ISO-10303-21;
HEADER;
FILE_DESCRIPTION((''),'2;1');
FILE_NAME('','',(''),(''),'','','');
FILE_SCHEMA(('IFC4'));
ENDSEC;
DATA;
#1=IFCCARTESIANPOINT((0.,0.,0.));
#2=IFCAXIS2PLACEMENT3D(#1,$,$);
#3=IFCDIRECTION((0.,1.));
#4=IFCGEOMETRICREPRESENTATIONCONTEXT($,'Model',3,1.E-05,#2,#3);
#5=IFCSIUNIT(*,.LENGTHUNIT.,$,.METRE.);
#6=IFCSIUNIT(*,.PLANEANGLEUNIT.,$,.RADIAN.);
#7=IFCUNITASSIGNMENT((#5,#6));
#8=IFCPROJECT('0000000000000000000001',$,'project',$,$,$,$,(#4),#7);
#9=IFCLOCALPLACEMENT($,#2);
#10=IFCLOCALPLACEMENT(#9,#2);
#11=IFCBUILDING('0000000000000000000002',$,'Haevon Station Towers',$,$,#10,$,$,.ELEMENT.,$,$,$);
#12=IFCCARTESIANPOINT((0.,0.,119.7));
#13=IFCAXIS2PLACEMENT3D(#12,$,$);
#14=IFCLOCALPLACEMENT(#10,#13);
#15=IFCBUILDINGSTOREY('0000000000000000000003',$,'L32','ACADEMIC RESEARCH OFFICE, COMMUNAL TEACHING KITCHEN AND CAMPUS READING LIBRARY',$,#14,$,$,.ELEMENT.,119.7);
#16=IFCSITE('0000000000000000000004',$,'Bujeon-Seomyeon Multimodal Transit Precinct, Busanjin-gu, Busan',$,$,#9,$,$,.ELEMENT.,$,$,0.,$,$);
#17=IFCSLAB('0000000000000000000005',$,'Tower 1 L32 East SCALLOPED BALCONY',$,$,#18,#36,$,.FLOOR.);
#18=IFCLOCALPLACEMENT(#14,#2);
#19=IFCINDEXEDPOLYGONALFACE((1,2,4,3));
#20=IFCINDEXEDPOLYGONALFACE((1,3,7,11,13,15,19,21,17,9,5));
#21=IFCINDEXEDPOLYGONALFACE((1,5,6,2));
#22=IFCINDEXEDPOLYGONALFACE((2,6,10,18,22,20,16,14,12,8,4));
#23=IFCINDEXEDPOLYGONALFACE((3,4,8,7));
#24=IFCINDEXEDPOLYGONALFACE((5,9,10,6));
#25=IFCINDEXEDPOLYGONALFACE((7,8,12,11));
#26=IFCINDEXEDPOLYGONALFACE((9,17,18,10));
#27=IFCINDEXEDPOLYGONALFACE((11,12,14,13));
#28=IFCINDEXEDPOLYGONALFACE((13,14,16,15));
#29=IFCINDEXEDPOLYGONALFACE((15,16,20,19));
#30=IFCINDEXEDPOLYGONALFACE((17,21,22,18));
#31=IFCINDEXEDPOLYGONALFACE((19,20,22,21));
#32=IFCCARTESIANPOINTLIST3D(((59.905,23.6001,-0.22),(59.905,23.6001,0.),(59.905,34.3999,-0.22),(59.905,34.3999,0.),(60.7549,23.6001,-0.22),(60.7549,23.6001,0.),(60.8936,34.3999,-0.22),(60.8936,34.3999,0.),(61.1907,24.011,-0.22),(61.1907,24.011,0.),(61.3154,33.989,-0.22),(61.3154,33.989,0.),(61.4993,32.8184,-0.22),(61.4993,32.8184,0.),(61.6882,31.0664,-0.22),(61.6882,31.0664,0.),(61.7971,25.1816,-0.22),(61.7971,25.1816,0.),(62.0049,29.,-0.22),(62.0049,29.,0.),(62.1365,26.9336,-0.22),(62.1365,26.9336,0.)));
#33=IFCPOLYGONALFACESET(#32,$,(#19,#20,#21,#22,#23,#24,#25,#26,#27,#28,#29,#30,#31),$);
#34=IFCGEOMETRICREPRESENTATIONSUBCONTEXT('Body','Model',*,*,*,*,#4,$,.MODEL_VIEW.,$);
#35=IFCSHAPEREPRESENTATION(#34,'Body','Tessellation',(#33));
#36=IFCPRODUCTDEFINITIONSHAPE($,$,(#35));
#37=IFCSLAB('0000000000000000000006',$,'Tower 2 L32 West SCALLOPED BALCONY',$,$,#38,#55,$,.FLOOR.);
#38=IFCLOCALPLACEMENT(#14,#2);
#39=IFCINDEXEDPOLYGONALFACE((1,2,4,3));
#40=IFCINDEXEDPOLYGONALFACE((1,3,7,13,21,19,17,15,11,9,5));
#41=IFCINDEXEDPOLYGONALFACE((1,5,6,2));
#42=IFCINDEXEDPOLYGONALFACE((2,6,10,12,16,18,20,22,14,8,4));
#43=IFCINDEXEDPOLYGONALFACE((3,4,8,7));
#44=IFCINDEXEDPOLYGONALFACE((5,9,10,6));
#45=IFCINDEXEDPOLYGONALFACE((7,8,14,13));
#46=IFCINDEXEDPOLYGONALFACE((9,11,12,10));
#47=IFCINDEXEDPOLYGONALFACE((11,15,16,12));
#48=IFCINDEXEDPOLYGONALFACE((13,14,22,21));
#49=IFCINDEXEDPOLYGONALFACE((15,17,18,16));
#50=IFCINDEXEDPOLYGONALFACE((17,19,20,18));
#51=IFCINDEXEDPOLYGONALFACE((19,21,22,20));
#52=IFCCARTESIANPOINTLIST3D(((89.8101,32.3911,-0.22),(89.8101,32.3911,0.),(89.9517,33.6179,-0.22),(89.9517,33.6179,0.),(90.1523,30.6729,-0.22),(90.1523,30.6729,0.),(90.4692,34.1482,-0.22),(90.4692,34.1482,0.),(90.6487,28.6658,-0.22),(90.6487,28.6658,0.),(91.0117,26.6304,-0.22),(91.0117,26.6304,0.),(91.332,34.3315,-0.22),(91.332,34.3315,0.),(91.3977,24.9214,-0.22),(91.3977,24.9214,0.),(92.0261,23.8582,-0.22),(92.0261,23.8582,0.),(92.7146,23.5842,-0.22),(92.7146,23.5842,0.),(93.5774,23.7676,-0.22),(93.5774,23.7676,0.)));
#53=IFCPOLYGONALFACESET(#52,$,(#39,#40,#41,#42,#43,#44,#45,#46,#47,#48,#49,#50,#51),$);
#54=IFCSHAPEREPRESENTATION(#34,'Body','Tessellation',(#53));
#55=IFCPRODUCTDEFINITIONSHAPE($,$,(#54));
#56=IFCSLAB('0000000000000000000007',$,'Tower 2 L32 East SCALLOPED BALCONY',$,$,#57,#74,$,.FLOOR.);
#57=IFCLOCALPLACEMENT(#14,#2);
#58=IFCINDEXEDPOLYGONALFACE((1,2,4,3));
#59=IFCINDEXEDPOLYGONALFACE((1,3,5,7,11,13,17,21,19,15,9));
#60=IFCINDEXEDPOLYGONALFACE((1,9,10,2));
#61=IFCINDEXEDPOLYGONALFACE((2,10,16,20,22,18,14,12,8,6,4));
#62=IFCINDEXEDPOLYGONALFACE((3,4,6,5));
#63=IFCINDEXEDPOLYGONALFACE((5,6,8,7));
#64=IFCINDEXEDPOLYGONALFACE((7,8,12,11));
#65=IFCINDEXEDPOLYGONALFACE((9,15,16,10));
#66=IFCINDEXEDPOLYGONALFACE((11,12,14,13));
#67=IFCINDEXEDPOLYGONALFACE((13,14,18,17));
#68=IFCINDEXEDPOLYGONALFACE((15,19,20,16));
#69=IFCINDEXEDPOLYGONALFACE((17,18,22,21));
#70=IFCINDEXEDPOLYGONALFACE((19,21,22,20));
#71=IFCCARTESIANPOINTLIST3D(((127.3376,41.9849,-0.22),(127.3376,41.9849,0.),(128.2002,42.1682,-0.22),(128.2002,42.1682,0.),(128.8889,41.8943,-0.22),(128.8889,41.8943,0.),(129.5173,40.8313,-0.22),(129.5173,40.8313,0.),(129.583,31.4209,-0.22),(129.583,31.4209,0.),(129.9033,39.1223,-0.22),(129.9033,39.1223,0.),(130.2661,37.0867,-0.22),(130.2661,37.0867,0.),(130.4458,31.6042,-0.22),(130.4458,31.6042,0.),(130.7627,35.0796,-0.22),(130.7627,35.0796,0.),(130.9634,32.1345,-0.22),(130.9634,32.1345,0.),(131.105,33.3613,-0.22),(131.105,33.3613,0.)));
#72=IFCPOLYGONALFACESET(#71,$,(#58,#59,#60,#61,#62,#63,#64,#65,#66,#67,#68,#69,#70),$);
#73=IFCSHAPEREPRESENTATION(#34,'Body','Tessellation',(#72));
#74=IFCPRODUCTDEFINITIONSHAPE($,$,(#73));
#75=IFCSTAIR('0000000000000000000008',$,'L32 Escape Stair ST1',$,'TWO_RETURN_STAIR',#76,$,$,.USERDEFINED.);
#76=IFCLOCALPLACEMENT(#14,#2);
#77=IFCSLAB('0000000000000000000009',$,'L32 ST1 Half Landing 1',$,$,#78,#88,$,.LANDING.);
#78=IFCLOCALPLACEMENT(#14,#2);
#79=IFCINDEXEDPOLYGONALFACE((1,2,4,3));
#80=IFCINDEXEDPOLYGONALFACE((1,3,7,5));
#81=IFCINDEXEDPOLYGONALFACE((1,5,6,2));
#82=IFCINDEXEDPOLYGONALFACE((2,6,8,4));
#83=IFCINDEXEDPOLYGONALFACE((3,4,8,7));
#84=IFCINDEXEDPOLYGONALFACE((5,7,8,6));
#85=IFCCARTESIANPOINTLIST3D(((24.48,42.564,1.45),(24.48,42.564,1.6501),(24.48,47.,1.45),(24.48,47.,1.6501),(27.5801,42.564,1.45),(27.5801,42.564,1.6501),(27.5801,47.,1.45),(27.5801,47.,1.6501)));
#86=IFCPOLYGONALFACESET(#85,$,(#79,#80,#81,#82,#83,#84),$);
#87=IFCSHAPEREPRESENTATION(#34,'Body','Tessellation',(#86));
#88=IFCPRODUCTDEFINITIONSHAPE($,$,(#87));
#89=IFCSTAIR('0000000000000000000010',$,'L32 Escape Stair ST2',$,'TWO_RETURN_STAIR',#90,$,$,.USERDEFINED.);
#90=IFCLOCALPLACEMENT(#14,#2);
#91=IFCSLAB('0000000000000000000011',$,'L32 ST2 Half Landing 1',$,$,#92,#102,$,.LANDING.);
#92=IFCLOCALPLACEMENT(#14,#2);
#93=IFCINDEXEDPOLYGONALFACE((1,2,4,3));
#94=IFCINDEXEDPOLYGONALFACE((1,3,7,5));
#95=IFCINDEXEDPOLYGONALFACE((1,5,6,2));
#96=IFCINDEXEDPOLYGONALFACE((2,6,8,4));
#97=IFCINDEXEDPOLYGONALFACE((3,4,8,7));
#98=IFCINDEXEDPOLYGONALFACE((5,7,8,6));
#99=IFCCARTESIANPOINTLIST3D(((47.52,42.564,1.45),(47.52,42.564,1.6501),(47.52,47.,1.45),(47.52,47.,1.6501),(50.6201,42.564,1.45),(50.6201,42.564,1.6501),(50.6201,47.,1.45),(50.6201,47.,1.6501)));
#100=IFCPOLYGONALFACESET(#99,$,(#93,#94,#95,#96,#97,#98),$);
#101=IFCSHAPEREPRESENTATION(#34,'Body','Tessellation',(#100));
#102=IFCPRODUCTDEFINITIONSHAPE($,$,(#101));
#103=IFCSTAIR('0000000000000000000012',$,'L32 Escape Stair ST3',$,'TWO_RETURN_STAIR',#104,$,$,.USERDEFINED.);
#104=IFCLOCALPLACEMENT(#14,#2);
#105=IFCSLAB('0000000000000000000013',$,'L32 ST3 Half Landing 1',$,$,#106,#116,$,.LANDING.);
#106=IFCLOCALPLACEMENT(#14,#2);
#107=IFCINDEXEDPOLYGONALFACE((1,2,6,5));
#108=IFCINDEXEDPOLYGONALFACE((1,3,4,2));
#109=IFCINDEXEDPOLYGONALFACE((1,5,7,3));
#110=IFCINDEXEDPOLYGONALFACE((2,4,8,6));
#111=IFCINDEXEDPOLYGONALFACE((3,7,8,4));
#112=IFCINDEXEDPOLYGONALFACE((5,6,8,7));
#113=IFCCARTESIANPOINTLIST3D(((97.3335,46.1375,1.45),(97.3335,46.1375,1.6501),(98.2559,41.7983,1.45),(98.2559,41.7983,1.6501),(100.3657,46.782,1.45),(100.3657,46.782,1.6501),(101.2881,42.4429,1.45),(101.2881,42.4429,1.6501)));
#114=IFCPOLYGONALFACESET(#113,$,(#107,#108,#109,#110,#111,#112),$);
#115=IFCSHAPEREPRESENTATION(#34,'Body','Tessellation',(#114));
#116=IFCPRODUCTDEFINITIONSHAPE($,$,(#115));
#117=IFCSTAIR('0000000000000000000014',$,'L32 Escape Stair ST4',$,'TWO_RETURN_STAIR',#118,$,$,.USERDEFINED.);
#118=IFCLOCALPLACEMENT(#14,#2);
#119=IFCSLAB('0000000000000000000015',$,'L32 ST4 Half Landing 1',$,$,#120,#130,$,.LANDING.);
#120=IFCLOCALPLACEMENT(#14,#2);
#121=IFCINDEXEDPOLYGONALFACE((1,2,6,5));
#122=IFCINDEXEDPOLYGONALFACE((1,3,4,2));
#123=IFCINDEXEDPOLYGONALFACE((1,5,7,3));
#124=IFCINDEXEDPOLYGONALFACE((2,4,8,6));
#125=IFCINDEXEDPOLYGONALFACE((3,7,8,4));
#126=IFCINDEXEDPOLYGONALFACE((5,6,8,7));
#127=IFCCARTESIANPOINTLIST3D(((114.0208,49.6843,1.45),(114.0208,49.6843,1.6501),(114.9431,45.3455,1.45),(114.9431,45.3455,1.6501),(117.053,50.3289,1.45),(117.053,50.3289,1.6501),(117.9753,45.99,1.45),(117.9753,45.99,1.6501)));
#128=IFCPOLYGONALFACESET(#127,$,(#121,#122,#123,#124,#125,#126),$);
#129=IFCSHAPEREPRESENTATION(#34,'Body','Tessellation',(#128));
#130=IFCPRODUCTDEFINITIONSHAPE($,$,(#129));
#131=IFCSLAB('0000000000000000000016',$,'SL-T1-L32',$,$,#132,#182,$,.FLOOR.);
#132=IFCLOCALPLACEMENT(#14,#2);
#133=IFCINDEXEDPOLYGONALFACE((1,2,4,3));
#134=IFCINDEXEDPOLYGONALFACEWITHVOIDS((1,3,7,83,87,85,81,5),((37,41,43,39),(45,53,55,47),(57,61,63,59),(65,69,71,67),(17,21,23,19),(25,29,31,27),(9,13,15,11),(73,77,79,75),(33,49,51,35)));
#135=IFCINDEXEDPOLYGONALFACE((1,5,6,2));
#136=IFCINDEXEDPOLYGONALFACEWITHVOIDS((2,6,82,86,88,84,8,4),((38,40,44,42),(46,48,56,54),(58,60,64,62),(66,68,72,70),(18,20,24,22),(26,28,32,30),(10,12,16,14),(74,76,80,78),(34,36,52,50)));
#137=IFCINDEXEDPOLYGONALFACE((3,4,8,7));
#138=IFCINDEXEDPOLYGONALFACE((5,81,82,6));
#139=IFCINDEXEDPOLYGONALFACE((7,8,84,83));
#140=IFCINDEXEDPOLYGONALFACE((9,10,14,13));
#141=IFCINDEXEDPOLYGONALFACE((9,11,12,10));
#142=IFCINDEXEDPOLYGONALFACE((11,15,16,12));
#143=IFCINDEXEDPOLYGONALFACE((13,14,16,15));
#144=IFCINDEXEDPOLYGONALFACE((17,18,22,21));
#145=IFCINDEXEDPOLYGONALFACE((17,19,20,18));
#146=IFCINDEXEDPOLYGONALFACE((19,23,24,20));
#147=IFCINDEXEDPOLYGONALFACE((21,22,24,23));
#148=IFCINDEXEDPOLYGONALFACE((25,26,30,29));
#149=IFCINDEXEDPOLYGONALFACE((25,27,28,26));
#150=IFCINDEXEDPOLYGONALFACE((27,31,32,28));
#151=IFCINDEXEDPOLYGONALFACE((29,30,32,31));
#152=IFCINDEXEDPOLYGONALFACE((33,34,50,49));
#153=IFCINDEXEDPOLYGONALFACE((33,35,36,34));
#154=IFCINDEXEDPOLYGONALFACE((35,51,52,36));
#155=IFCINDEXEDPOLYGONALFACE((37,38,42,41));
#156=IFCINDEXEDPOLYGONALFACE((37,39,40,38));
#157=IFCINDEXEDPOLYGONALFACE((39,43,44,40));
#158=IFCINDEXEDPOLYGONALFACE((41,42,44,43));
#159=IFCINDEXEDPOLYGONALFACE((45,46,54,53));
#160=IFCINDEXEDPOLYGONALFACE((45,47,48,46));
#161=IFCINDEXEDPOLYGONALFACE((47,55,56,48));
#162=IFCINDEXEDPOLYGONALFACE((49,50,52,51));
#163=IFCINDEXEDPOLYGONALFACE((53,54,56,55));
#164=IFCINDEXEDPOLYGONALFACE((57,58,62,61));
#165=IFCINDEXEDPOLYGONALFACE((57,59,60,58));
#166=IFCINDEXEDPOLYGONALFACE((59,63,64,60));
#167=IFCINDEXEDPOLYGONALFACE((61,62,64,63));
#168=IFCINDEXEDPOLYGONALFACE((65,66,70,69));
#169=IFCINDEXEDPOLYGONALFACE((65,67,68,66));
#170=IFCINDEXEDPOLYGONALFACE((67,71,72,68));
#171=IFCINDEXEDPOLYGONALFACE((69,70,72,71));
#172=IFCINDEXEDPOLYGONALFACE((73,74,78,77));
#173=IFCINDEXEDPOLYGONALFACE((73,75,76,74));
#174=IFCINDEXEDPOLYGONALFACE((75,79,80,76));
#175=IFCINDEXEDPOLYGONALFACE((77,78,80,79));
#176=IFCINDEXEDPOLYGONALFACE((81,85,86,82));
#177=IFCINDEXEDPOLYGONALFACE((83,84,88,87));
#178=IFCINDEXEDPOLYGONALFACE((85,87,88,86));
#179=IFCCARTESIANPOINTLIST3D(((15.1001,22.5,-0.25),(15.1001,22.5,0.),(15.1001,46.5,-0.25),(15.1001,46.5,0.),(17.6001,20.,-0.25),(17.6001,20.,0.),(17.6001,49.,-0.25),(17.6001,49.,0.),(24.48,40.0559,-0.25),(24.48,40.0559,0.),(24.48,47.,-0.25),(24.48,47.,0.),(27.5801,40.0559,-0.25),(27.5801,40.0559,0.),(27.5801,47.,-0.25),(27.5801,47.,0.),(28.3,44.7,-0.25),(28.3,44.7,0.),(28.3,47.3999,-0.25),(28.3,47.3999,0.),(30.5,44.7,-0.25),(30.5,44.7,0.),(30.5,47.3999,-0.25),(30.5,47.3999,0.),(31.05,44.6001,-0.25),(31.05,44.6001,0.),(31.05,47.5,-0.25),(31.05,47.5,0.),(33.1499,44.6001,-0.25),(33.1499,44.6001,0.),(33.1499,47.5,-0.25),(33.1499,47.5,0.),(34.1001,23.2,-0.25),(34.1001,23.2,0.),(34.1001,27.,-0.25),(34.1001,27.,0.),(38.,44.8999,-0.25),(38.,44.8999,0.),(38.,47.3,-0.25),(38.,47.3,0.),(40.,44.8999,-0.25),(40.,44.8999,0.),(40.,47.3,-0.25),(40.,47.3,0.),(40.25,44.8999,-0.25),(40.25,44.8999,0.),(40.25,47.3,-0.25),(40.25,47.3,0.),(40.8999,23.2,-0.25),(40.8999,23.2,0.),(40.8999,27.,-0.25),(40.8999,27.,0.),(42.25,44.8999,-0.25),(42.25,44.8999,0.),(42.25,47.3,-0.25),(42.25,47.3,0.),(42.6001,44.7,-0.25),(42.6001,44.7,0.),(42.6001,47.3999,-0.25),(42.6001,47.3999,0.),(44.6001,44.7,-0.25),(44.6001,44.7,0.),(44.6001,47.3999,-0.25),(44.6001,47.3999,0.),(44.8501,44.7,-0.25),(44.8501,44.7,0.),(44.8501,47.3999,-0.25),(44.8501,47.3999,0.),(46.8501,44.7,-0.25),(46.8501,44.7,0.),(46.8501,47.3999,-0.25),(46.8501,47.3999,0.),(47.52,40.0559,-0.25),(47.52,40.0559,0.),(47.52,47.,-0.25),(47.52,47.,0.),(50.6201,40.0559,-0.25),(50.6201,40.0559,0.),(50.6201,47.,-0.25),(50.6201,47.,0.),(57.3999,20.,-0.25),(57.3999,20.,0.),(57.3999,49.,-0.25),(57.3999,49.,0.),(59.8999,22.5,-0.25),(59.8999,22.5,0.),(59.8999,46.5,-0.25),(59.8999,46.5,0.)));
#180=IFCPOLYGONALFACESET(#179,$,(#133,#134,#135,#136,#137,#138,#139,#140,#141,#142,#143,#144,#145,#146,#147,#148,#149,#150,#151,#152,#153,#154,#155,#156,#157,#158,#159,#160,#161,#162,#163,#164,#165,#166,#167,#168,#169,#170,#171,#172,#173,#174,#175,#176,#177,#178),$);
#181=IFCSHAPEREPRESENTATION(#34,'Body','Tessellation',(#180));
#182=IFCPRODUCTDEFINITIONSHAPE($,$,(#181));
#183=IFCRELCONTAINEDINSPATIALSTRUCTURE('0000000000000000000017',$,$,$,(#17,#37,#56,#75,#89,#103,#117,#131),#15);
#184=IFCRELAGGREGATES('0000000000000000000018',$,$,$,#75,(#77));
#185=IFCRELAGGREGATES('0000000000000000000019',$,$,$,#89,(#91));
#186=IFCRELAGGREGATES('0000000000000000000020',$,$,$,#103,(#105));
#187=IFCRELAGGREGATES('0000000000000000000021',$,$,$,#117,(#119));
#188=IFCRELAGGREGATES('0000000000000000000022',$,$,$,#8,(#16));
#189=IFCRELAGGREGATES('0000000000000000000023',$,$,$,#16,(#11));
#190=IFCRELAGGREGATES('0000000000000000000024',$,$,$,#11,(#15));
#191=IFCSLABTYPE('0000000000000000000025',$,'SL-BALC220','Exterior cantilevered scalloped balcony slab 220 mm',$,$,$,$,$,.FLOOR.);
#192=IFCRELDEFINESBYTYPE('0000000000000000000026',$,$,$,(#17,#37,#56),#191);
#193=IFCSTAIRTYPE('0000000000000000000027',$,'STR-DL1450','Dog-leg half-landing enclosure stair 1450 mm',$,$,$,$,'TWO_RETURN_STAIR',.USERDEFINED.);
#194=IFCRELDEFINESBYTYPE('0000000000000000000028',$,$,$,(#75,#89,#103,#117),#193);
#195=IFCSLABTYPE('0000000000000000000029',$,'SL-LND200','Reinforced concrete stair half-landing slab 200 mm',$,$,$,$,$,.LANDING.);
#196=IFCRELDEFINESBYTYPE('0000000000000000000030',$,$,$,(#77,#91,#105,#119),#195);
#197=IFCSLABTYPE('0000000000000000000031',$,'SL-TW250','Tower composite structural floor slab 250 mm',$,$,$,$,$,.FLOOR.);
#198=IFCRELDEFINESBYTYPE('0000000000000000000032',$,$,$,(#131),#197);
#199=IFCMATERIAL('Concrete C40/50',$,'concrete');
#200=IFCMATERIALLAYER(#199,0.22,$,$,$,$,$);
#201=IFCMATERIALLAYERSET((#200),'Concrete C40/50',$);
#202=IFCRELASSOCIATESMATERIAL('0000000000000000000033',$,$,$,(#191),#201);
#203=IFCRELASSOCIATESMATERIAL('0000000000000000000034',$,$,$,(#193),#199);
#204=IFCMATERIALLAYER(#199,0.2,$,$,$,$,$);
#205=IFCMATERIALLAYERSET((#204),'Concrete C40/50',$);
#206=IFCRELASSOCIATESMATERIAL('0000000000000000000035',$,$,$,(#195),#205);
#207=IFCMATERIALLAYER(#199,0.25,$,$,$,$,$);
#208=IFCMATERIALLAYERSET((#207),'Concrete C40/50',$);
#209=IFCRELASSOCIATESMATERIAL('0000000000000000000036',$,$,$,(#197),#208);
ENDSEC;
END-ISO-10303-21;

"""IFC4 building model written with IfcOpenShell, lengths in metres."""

from ifc_helpers import new_model, si_unit, direction, frame, origin, place, context, subcontext, project, spatial, polyline, outline, extrude, material, layer, layer_set, type_object, element, aggregate, save


model = new_model("IFC4")

# Units and contexts
model_context = context("Model", 3, precision=1e-05, world=origin(), true_north=direction((0.0, 1.0)))
body_context = subcontext(model_context, "Body", "Model", "MODEL_VIEW")
ifc_project = project(units=[si_unit("LENGTHUNIT", "METRE"), si_unit("PLANEANGLEUNIT", "RADIAN")], contexts=[model_context])

# Site, building, storey
site_placement = place(None, origin())
site = spatial("IfcSite", under=ifc_project, at=site_placement, Name="Bujeon-Seomyeon Multimodal Transit Precinct, Busanjin-gu, Busan", CompositionType="ELEMENT", RefElevation=0.0)
building_placement = place(site_placement, origin())
building = spatial("IfcBuilding", under=site, at=building_placement, Name="Haevon Station Towers", CompositionType="ELEMENT")
storey_placement = place(building_placement, frame((0.0, 0.0, 119.7)))
storey = spatial("IfcBuildingStorey", under=building, at=storey_placement, Name="L32", Description="ACADEMIC RESEARCH OFFICE, COMMUNAL TEACHING KITCHEN AND CAMPUS READING LIBRARY", CompositionType="ELEMENT", Elevation=119.7)

# Slabs
ifc_material_1 = material(Name="Concrete C40/50", Category="concrete")
ifc_layer_1 = layer(ifc_material_1, 0.22)
ifc_layer_set_1 = layer_set([ifc_layer_1], Name="Concrete C40/50")
slab_type_1 = type_object("IfcSlabType", Name="SL-BALC220", Description="Exterior cantilevered scalloped balcony slab 220 mm", PredefinedType="FLOOR", material=ifc_layer_set_1)
slab_1_placement = place(storey_placement, frame((0.0, 0.0, -0.22)))
element("IfcSlab", 1, at=slab_1_placement, inside=storey, type_object=slab_type_1, Name="Tower 1 L32 East SCALLOPED BALCONY", PredefinedType="FLOOR", context=body_context, shape_type="SweptSolid", body=[
    extrude(outline(polyline([(59.905, 23.6001), (60.7549, 23.6001), (61.1907, 24.011), (61.7971, 25.1816), (62.1365, 26.9336), (62.0049, 29.0), (61.6882, 31.0664), (61.4993, 32.8184), (61.3154, 33.989), (60.8936, 34.3999), (59.905, 34.3999), (59.905, 23.6001)])), origin(), (0.0, 0.0, 1.0), 0.22),
])
slab_2_placement = place(storey_placement, frame((0.0, 0.0, -0.22)))
element("IfcSlab", 2, at=slab_2_placement, inside=storey, type_object=slab_type_1, Name="Tower 2 L32 West SCALLOPED BALCONY", PredefinedType="FLOOR", context=body_context, shape_type="SweptSolid", body=[
    extrude(outline(polyline([(91.332, 34.3315), (90.4692, 34.1482), (89.9517, 33.6179), (89.8101, 32.3911), (90.1523, 30.6729), (90.6487, 28.6658), (91.0117, 26.6304), (91.3977, 24.9214), (92.0261, 23.8582), (92.7146, 23.5842), (93.5774, 23.7676), (91.332, 34.3315)])), origin(), (0.0, 0.0, 1.0), 0.22),
])
slab_3_placement = place(storey_placement, frame((0.0, 0.0, -0.22)))
element("IfcSlab", 3, at=slab_3_placement, inside=storey, type_object=slab_type_1, Name="Tower 2 L32 East SCALLOPED BALCONY", PredefinedType="FLOOR", context=body_context, shape_type="SweptSolid", body=[
    extrude(outline(polyline([(129.583, 31.4209), (130.4458, 31.6042), (130.9634, 32.1345), (131.105, 33.3613), (130.7627, 35.0796), (130.2661, 37.0867), (129.9033, 39.1223), (129.5173, 40.8313), (128.8889, 41.8943), (128.2002, 42.1682), (127.3376, 41.9849), (129.583, 31.4209)])), origin(), (0.0, 0.0, 1.0), 0.22),
])

# Stairs, slabs
stair_type = type_object("IfcStairType", Name="STR-DL1450", Description="Dog-leg half-landing enclosure stair 1450 mm", ElementType="TWO_RETURN_STAIR", PredefinedType="USERDEFINED", material=ifc_material_1)
stair_1_placement = place(storey_placement, origin())
stair_1 = element("IfcStair", 4, at=stair_1_placement, inside=storey, type_object=stair_type, Name="L32 Escape Stair ST1", ObjectType="TWO_RETURN_STAIR", PredefinedType="USERDEFINED")
ifc_layer_2 = layer(ifc_material_1, 0.2)
ifc_layer_set_2 = layer_set([ifc_layer_2], Name="Concrete C40/50")
slab_type_2 = type_object("IfcSlabType", Name="SL-LND200", Description="Reinforced concrete stair half-landing slab 200 mm", PredefinedType="LANDING", material=ifc_layer_set_2)
slab_4_placement = place(storey_placement, frame((0.0, 0.0, 1.45)))
slab_4 = element("IfcSlab", 5, at=slab_4_placement, type_object=slab_type_2, Name="L32 ST1 Half Landing 1", PredefinedType="LANDING", context=body_context, shape_type="SweptSolid", body=[
    extrude(outline(polyline([(27.5801, 42.564), (27.5801, 47.0), (24.48, 47.0), (24.48, 42.564), (27.5801, 42.564)])), origin(), (0.0, 0.0, 1.0), 0.2002),
])
aggregate(stair_1, [slab_4])
stair_2_placement = place(storey_placement, origin())
stair_2 = element("IfcStair", 6, at=stair_2_placement, inside=storey, type_object=stair_type, Name="L32 Escape Stair ST2", ObjectType="TWO_RETURN_STAIR", PredefinedType="USERDEFINED")
slab_5_placement = place(storey_placement, frame((0.0, 0.0, 1.45)))
slab_5 = element("IfcSlab", 7, at=slab_5_placement, type_object=slab_type_2, Name="L32 ST2 Half Landing 1", PredefinedType="LANDING", context=body_context, shape_type="SweptSolid", body=[
    extrude(outline(polyline([(50.6201, 42.564), (50.6201, 47.0), (47.52, 47.0), (47.52, 42.564), (50.6201, 42.564)])), origin(), (0.0, 0.0, 1.0), 0.2002),
])
aggregate(stair_2, [slab_5])
stair_3_placement = place(storey_placement, origin())
stair_3 = element("IfcStair", 8, at=stair_3_placement, inside=storey, type_object=stair_type, Name="L32 Escape Stair ST3", ObjectType="TWO_RETURN_STAIR", PredefinedType="USERDEFINED")
slab_6_placement = place(storey_placement, frame((0.0, 0.0, 1.45)))
slab_6 = element("IfcSlab", 9, at=slab_6_placement, type_object=slab_type_2, Name="L32 ST3 Half Landing 1", PredefinedType="LANDING", context=body_context, shape_type="SweptSolid", body=[
    extrude(outline(polyline([(101.2881, 42.4429), (100.3657, 46.782), (97.3335, 46.1375), (98.2559, 41.7983), (101.2881, 42.4429)])), origin(), (0.0, 0.0, 1.0), 0.2002),
])
aggregate(stair_3, [slab_6])
stair_4_placement = place(storey_placement, origin())
stair_4 = element("IfcStair", 10, at=stair_4_placement, inside=storey, type_object=stair_type, Name="L32 Escape Stair ST4", ObjectType="TWO_RETURN_STAIR", PredefinedType="USERDEFINED")
slab_7_placement = place(storey_placement, frame((0.0, 0.0, 1.45)))
slab_7 = element("IfcSlab", 11, at=slab_7_placement, type_object=slab_type_2, Name="L32 ST4 Half Landing 1", PredefinedType="LANDING", context=body_context, shape_type="SweptSolid", body=[
    extrude(outline(polyline([(117.9753, 45.99), (117.053, 50.3289), (114.0208, 49.6843), (114.9431, 45.3455), (117.9753, 45.99)])), origin(), (0.0, 0.0, 1.0), 0.2002),
])
aggregate(stair_4, [slab_7])

# Slab
ifc_layer_3 = layer(ifc_material_1, 0.25)
ifc_layer_set_3 = layer_set([ifc_layer_3], Name="Concrete C40/50")
slab_type_3 = type_object("IfcSlabType", Name="SL-TW250", Description="Tower composite structural floor slab 250 mm", PredefinedType="FLOOR", material=ifc_layer_set_3)
slab_8_placement = place(storey_placement, frame((0.0, 0.0, -0.25)))
element("IfcSlab", 12, at=slab_8_placement, inside=storey, type_object=slab_type_3, Name="SL-T1-L32", PredefinedType="FLOOR", context=body_context, shape_type="SweptSolid", body=[
    extrude(outline(polyline([(17.6001, 20.0), (57.3999, 20.0), (59.8999, 22.5), (59.8999, 46.5), (57.3999, 49.0), (17.6001, 49.0), (15.1001, 46.5), (15.1001, 22.5), (17.6001, 20.0)]), holes=[polyline([(27.5801, 40.0559), (27.5801, 47.0), (24.48, 47.0), (24.48, 40.0559), (27.5801, 40.0559)]), polyline([(50.6201, 40.0559), (50.6201, 47.0), (47.52, 47.0), (47.52, 40.0559), (50.6201, 40.0559)]), polyline([(28.3, 44.7), (30.5, 44.7), (30.5, 47.3999), (28.3, 47.3999), (28.3, 44.7)]), polyline([(31.05, 44.6001), (33.1499, 44.6001), (33.1499, 47.5), (31.05, 47.5), (31.05, 44.6001)]), polyline([(38.0, 44.8999), (40.0, 44.8999), (40.0, 47.3), (38.0, 47.3), (38.0, 44.8999)]), polyline([(40.25, 44.8999), (42.25, 44.8999), (42.25, 47.3), (40.25, 47.3), (40.25, 44.8999)]), polyline([(42.6001, 44.7), (44.6001, 44.7), (44.6001, 47.3999), (42.6001, 47.3999), (42.6001, 44.7)]), polyline([(44.8501, 44.7), (46.8501, 44.7), (46.8501, 47.3999), (44.8501, 47.3999), (44.8501, 44.7)]), polyline([(34.1001, 23.2), (40.8999, 23.2), (40.8999, 27.0), (34.1001, 27.0), (34.1001, 23.2)])]), origin(), (0.0, 0.0, 1.0), 0.25),
])

save(model, "model.ifc")
